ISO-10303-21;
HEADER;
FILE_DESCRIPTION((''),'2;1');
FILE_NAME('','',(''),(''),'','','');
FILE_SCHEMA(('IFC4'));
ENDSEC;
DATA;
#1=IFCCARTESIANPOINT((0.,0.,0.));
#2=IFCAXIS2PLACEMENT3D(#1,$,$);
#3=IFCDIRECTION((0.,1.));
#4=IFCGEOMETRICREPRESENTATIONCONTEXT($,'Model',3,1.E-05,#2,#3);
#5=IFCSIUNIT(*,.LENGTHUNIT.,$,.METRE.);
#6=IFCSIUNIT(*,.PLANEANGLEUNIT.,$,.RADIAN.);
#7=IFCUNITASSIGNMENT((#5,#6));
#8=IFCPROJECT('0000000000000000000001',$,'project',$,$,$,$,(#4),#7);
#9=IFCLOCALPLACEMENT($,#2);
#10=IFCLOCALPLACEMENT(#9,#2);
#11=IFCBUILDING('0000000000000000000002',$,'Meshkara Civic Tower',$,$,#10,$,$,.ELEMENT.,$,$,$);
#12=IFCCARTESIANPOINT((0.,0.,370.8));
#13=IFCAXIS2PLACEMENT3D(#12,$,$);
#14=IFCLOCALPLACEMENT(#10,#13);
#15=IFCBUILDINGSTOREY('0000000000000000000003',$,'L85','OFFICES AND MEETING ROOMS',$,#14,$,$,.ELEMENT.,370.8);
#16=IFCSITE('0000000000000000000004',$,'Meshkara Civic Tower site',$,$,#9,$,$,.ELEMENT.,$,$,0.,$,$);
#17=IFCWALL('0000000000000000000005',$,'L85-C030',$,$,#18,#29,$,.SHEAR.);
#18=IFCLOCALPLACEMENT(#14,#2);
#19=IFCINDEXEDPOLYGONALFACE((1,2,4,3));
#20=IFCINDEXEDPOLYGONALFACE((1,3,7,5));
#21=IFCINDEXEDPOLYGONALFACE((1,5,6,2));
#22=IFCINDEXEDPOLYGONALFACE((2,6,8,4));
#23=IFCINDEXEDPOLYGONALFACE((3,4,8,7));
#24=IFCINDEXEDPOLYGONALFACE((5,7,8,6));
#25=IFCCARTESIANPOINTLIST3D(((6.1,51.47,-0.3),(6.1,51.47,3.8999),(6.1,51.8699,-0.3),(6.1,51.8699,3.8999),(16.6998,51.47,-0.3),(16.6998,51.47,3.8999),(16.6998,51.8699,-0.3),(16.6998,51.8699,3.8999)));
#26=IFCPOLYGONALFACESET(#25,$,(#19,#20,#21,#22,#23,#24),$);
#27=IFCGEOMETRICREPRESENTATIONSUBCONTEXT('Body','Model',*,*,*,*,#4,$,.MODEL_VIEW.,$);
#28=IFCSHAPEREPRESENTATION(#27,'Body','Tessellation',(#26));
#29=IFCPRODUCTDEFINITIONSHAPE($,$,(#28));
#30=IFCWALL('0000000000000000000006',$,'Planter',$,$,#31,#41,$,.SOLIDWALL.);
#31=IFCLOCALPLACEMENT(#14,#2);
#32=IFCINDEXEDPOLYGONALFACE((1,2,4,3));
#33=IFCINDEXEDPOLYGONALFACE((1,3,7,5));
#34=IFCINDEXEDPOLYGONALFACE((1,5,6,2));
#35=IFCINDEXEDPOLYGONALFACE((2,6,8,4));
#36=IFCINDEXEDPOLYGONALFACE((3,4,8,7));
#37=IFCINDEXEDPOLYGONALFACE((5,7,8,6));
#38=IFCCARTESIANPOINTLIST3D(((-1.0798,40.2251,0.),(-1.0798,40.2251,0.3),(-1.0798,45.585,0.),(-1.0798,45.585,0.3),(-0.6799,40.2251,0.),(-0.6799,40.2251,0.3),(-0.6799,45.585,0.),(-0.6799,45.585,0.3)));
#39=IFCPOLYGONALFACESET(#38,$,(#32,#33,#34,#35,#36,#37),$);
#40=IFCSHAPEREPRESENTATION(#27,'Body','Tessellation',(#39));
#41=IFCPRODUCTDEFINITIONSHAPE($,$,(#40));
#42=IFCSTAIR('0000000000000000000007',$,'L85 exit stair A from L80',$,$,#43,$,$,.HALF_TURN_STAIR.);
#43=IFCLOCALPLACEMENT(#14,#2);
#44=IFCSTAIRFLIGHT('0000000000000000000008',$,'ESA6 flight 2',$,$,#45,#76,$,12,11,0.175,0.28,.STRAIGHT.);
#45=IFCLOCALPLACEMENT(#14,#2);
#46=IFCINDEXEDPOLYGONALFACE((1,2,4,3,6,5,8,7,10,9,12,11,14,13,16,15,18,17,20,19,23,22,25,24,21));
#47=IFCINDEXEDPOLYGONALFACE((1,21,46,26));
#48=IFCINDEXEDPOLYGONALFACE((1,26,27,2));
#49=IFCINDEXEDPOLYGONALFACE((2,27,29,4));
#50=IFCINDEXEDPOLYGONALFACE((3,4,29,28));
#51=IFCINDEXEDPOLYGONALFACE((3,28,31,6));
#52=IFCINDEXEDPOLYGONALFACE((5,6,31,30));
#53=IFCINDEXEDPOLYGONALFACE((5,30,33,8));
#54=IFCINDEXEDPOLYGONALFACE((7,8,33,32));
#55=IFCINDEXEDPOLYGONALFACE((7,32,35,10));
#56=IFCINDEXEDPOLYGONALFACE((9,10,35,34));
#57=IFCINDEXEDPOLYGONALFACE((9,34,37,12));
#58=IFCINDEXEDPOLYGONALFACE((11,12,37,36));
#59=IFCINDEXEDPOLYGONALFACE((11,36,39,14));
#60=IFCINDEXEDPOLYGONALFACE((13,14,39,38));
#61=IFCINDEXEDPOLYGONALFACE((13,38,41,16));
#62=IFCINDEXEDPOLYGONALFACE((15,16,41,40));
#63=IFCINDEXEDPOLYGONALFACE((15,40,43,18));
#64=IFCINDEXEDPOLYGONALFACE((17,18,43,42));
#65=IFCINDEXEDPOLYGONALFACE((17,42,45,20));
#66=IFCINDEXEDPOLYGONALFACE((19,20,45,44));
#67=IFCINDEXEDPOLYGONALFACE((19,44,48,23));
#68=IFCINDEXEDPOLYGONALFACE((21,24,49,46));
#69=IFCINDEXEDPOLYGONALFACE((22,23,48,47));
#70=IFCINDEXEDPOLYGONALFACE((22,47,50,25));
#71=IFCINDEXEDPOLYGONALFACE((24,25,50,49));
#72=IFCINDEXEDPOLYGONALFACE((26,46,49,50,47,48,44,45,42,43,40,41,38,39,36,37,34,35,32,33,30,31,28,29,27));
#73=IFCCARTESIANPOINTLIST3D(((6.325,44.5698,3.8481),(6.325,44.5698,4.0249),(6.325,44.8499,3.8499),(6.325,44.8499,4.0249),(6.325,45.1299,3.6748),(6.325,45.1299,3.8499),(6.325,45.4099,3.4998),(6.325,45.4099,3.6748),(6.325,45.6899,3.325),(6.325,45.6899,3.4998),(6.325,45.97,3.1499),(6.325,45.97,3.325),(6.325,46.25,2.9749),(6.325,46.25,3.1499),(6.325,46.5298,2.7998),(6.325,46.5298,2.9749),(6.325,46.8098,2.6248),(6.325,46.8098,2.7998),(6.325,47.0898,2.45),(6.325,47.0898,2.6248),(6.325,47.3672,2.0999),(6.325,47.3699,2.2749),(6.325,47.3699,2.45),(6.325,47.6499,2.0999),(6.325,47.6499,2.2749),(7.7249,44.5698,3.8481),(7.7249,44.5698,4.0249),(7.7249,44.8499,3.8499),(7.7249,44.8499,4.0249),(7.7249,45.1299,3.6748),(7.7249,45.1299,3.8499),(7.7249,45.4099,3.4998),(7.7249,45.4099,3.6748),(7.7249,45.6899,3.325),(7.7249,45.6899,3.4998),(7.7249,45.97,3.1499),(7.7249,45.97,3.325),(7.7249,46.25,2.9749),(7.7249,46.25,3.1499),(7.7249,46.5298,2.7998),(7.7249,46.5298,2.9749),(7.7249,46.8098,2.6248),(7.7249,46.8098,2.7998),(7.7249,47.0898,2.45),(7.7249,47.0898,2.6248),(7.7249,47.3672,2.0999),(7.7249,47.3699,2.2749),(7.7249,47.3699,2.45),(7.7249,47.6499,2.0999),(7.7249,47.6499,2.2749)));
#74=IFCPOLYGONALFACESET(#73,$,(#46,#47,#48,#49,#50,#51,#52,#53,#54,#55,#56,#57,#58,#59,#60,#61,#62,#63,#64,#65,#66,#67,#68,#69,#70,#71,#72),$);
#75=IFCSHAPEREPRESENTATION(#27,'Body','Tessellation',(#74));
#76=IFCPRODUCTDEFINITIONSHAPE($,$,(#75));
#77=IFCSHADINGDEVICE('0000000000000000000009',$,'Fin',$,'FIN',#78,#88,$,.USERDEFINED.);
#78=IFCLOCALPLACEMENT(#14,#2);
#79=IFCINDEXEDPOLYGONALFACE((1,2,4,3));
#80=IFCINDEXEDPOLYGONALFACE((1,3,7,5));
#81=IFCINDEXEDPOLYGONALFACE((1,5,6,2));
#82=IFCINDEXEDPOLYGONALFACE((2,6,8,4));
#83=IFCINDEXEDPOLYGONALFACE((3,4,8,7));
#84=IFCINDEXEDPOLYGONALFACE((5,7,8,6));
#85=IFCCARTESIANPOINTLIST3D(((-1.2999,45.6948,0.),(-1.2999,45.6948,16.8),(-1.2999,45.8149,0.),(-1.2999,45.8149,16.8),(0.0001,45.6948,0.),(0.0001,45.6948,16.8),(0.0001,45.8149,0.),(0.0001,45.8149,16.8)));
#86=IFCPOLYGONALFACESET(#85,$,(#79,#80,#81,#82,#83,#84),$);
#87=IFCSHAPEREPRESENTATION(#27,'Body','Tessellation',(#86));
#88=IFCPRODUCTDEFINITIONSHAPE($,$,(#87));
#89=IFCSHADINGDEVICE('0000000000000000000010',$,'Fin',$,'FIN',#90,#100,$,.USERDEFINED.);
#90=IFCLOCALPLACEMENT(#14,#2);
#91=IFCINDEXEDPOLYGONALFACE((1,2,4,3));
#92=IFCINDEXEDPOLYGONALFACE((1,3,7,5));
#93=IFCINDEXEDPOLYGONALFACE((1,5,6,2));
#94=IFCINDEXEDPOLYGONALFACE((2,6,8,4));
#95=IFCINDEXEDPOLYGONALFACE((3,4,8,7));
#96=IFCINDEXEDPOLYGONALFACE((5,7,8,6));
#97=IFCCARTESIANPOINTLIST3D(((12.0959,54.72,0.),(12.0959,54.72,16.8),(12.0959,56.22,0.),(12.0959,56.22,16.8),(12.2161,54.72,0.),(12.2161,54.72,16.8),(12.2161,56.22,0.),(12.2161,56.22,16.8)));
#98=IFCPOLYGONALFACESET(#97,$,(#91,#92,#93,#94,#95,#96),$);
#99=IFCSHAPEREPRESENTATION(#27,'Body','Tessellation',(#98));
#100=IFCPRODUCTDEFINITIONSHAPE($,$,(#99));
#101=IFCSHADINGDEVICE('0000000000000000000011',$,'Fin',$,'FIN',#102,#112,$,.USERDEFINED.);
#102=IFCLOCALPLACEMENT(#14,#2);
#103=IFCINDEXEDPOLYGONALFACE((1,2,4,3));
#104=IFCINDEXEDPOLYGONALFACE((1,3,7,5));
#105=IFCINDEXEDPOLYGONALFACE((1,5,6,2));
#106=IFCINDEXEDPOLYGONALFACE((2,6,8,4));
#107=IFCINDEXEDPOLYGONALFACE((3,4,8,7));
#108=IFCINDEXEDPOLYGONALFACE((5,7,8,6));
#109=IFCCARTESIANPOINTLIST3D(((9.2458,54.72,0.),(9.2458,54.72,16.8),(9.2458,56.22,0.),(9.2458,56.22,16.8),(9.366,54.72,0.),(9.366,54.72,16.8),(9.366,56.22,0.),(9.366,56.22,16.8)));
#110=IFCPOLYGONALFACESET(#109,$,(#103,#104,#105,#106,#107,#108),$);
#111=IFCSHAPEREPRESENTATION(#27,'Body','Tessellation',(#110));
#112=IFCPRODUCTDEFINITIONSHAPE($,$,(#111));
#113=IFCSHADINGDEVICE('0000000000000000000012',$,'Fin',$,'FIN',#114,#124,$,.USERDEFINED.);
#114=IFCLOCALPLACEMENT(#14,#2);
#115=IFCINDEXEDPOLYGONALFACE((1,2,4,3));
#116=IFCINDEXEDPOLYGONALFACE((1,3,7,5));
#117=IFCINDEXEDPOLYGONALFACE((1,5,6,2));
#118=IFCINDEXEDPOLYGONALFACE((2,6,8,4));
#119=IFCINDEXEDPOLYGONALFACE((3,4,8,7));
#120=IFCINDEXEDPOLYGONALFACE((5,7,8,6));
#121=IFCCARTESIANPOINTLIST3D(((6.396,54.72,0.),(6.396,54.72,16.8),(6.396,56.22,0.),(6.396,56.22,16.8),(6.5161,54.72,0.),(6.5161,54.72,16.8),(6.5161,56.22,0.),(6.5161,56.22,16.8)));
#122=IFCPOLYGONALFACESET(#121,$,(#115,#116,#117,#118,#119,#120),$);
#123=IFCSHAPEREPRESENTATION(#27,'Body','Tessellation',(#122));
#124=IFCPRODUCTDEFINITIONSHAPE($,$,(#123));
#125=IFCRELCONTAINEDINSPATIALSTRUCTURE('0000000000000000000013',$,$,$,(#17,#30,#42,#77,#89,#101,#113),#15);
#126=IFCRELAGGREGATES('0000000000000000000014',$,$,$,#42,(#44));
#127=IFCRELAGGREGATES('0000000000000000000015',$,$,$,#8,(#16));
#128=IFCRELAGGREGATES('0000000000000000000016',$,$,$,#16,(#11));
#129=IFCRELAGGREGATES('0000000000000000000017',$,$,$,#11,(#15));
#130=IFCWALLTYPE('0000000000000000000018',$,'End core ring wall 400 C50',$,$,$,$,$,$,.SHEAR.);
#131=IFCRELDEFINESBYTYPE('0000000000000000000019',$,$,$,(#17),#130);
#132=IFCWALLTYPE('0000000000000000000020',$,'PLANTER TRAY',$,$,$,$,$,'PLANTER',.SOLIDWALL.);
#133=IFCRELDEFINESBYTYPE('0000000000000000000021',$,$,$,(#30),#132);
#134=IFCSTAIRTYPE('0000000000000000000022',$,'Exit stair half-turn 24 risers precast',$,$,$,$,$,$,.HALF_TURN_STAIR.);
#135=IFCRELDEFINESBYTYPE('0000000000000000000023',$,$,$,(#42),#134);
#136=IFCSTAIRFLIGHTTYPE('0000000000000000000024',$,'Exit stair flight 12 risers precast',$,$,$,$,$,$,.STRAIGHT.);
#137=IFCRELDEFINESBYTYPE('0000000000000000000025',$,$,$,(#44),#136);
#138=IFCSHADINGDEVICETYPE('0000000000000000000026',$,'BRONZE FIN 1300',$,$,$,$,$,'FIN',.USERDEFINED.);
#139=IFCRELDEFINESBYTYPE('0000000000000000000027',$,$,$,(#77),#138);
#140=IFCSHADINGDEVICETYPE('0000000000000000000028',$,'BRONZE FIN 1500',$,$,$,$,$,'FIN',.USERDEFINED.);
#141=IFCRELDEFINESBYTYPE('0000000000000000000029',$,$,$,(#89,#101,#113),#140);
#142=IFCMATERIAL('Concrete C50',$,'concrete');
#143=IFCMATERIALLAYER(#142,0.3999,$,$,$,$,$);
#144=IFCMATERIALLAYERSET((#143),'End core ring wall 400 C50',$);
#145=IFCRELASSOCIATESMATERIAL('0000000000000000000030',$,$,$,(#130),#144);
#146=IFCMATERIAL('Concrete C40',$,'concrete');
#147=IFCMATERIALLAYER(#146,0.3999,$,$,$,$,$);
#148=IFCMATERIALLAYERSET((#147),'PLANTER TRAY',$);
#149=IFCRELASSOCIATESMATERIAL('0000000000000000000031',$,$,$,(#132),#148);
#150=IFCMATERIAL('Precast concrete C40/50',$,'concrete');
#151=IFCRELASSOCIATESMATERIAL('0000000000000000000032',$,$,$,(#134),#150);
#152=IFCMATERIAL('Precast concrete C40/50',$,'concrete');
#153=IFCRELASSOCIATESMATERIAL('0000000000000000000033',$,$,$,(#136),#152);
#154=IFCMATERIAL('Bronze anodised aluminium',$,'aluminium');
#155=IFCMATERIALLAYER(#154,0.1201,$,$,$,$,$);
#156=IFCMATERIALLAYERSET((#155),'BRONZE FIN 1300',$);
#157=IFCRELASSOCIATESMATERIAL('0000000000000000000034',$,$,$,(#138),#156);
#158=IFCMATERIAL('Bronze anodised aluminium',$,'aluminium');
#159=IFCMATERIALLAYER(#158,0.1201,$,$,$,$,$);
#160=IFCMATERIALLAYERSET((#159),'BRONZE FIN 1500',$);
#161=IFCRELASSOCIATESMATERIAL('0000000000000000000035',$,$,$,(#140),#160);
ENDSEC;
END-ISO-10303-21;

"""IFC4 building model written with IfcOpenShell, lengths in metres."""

from ifc_helpers import new_model, si_unit, direction, frame, frame_2d, origin, origin_2d, place, context, subcontext, project, spatial, polyline, rectangle, outline, extrude, material, layer, layer_set, type_object, element, aggregate, save


model = new_model("IFC4")

# Units and contexts
model_context = context("Model", 3, precision=1e-05, world=origin(), true_north=direction((0.0, 1.0)))
body_context = subcontext(model_context, "Body", "Model", "MODEL_VIEW")
ifc_project = project(units=[si_unit("LENGTHUNIT", "METRE"), si_unit("PLANEANGLEUNIT", "RADIAN")], contexts=[model_context])

# Site, building, storey
site_placement = place(None, origin())
site = spatial("IfcSite", under=ifc_project, at=site_placement, Name="Meshkara Civic Tower site", CompositionType="ELEMENT", RefElevation=0.0)
building_placement = place(site_placement, origin())
building = spatial("IfcBuilding", under=site, at=building_placement, Name="Meshkara Civic Tower", CompositionType="ELEMENT")
storey_placement = place(building_placement, frame((0.0, 0.0, 370.8)))
storey = spatial("IfcBuildingStorey", under=building, at=storey_placement, Name="L85", Description="OFFICES AND MEETING ROOMS", CompositionType="ELEMENT", Elevation=370.8)

# Walls
ifc_material_1 = material(Name="Concrete C50", Category="concrete")
ifc_layer_1 = layer(ifc_material_1, 0.3999)
ifc_layer_set_1 = layer_set([ifc_layer_1], Name="End core ring wall 400 C50")
wall_type_1 = type_object("IfcWallType", Name="End core ring wall 400 C50", PredefinedType="SHEAR", material=ifc_layer_set_1)
wall_1_placement = place(storey_placement, frame((6.1001, 51.6699, -0.3), z_axis=(0.0, 0.0, 1.0), x_axis=(1.0, 0.0, 0.0)))
element("IfcWall", 1, at=wall_1_placement, inside=storey, type_object=wall_type_1, Name="L85-C030", PredefinedType="SHEAR", context=body_context, shape_type="SweptSolid", body=[
    extrude(rectangle(XDim=10.5999, YDim=0.3999, at=frame_2d((5.2998, 0.0))), origin(), (0.0, 0.0, 1.0), 4.2),
])
ifc_material_2 = material(Name="Concrete C40", Category="concrete")
ifc_layer_2 = layer(ifc_material_2, 0.3999)
ifc_layer_set_2 = layer_set([ifc_layer_2], Name="PLANTER TRAY")
wall_type_2 = type_object("IfcWallType", Name="PLANTER TRAY", ElementType="PLANTER", PredefinedType="SOLIDWALL", material=ifc_layer_set_2)
wall_2_placement = place(storey_placement, frame((-0.8799, 45.585, 0.0), z_axis=(0.0, 0.0, 1.0), x_axis=(0.0, -1.0, 0.0)))
element("IfcWall", 2, at=wall_2_placement, inside=storey, type_object=wall_type_2, Name="Planter", PredefinedType="SOLIDWALL", context=body_context, shape_type="SweptSolid", body=[
    extrude(rectangle(XDim=5.3599, YDim=0.3999, at=frame_2d((2.6799, 0.0))), origin(), (0.0, 0.0, 1.0), 0.3),
])

# Stair, stair flight
ifc_material_3 = material(Name="Precast concrete C40/50", Category="concrete")
stair_type = type_object("IfcStairType", Name="Exit stair half-turn 24 risers precast", PredefinedType="HALF_TURN_STAIR", material=ifc_material_3)
stair_placement = place(storey_placement, origin())
stair = element("IfcStair", 3, at=stair_placement, inside=storey, type_object=stair_type, Name="L85 exit stair A from L80", PredefinedType="HALF_TURN_STAIR")
ifc_material_4 = material(Name="Precast concrete C40/50", Category="concrete")
stair_flight_type = type_object("IfcStairFlightType", Name="Exit stair flight 12 risers precast", PredefinedType="STRAIGHT", material=ifc_material_4)
stair_flight_placement = place(storey_placement, frame((7.0249, 47.6499, 2.0999), z_axis=(0.0, 0.0, 1.0), x_axis=(0.0, -1.0, 0.0)))
stair_flight = element("IfcStairFlight", 4, at=stair_flight_placement, type_object=stair_flight_type, Name="ESA6 flight 2", NumberOfRisers=12, NumberOfTreads=11, PredefinedType="STRAIGHT", RiserHeight=0.175, TreadLength=0.28, context=body_context, shape_type="SweptSolid", body=[
    extrude(outline(polyline([(0.0, 0.0), (0.0, 0.175), (0.28, 0.175), (0.28, 0.3501), (0.5601, 0.3501), (0.5601, 0.5249), (0.8401, 0.5249), (0.8401, 0.7), (1.1201, 0.7), (1.1201, 0.875), (1.3999, 0.875), (1.3999, 1.05), (1.6799, 1.05), (1.6799, 1.2251), (1.96, 1.2251), (1.96, 1.3999), (2.24, 1.3999), (2.24, 1.575), (2.52, 1.575), (2.52, 1.75), (2.8, 1.75), (2.8, 1.925), (3.0801, 1.925), (3.0801, 2.1001), (3.0801, 1.7483), (0.2827, 0.0), (0.0, 0.0)])), frame((0.0, 0.7, 0.0), z_axis=(0.0, -1.0, 0.0), x_axis=(1.0, 0.0, 0.0)), (0.0, 0.0, 1.0), 1.3999),
])
aggregate(stair, [stair_flight])

# Shading devices
ifc_material_5 = material(Name="Bronze anodised aluminium", Category="aluminium")
ifc_layer_3 = layer(ifc_material_5, 0.1201)
ifc_layer_set_3 = layer_set([ifc_layer_3], Name="BRONZE FIN 1300")
shading_device_type_1 = type_object("IfcShadingDeviceType", Name="BRONZE FIN 1300", ElementType="FIN", PredefinedType="USERDEFINED", material=ifc_layer_set_3)
shading_device_placement = place(storey_placement, frame((-0.6499, 45.7549, 0.0), z_axis=(0.0, 0.0, 1.0), x_axis=(0.0, -1.0, 0.0)))
element("IfcShadingDevice", 5, at=shading_device_placement, inside=storey, type_object=shading_device_type_1, Name="Fin", ObjectType="FIN", PredefinedType="USERDEFINED", context=body_context, shape_type="SweptSolid", body=[
    extrude(rectangle(XDim=0.1201, YDim=1.3, at=origin_2d()), origin(), (0.0, 0.0, 1.0), 16.8),
])
ifc_material_6 = material(Name="Bronze anodised aluminium", Category="aluminium")
ifc_layer_4 = layer(ifc_material_6, 0.1201)
ifc_layer_set_4 = layer_set([ifc_layer_4], Name="BRONZE FIN 1500")
shading_device_type_2 = type_object("IfcShadingDeviceType", Name="BRONZE FIN 1500", ElementType="FIN", PredefinedType="USERDEFINED", material=ifc_layer_set_4)
for number, where, z_axis, x_axis, name in (
    (6, (12.156, 55.47, 0.0), (0.0, 0.0, 1.0), (-1.0, 0.0, 0.0), "Fin"),
    (7, (9.3059, 55.47, 0.0), (0.0, 0.0, 1.0), (-1.0, 0.0, 0.0), "Fin"),
    (8, (6.4561, 55.47, 0.0), (0.0, 0.0, 1.0), (-1.0, 0.0, 0.0), "Fin"),
):
    element("IfcShadingDevice", number, at=place(storey_placement, frame(where, z_axis=z_axis, x_axis=x_axis)), inside=storey, type_object=shading_device_type_2, Name=name, ObjectType="FIN", PredefinedType="USERDEFINED", context=body_context, shape_type="SweptSolid", body=[
        extrude(rectangle(XDim=0.1201, YDim=1.5, at=origin_2d()), origin(), (0.0, 0.0, 1.0), 16.8),
    ])

save(model, "model.ifc")
